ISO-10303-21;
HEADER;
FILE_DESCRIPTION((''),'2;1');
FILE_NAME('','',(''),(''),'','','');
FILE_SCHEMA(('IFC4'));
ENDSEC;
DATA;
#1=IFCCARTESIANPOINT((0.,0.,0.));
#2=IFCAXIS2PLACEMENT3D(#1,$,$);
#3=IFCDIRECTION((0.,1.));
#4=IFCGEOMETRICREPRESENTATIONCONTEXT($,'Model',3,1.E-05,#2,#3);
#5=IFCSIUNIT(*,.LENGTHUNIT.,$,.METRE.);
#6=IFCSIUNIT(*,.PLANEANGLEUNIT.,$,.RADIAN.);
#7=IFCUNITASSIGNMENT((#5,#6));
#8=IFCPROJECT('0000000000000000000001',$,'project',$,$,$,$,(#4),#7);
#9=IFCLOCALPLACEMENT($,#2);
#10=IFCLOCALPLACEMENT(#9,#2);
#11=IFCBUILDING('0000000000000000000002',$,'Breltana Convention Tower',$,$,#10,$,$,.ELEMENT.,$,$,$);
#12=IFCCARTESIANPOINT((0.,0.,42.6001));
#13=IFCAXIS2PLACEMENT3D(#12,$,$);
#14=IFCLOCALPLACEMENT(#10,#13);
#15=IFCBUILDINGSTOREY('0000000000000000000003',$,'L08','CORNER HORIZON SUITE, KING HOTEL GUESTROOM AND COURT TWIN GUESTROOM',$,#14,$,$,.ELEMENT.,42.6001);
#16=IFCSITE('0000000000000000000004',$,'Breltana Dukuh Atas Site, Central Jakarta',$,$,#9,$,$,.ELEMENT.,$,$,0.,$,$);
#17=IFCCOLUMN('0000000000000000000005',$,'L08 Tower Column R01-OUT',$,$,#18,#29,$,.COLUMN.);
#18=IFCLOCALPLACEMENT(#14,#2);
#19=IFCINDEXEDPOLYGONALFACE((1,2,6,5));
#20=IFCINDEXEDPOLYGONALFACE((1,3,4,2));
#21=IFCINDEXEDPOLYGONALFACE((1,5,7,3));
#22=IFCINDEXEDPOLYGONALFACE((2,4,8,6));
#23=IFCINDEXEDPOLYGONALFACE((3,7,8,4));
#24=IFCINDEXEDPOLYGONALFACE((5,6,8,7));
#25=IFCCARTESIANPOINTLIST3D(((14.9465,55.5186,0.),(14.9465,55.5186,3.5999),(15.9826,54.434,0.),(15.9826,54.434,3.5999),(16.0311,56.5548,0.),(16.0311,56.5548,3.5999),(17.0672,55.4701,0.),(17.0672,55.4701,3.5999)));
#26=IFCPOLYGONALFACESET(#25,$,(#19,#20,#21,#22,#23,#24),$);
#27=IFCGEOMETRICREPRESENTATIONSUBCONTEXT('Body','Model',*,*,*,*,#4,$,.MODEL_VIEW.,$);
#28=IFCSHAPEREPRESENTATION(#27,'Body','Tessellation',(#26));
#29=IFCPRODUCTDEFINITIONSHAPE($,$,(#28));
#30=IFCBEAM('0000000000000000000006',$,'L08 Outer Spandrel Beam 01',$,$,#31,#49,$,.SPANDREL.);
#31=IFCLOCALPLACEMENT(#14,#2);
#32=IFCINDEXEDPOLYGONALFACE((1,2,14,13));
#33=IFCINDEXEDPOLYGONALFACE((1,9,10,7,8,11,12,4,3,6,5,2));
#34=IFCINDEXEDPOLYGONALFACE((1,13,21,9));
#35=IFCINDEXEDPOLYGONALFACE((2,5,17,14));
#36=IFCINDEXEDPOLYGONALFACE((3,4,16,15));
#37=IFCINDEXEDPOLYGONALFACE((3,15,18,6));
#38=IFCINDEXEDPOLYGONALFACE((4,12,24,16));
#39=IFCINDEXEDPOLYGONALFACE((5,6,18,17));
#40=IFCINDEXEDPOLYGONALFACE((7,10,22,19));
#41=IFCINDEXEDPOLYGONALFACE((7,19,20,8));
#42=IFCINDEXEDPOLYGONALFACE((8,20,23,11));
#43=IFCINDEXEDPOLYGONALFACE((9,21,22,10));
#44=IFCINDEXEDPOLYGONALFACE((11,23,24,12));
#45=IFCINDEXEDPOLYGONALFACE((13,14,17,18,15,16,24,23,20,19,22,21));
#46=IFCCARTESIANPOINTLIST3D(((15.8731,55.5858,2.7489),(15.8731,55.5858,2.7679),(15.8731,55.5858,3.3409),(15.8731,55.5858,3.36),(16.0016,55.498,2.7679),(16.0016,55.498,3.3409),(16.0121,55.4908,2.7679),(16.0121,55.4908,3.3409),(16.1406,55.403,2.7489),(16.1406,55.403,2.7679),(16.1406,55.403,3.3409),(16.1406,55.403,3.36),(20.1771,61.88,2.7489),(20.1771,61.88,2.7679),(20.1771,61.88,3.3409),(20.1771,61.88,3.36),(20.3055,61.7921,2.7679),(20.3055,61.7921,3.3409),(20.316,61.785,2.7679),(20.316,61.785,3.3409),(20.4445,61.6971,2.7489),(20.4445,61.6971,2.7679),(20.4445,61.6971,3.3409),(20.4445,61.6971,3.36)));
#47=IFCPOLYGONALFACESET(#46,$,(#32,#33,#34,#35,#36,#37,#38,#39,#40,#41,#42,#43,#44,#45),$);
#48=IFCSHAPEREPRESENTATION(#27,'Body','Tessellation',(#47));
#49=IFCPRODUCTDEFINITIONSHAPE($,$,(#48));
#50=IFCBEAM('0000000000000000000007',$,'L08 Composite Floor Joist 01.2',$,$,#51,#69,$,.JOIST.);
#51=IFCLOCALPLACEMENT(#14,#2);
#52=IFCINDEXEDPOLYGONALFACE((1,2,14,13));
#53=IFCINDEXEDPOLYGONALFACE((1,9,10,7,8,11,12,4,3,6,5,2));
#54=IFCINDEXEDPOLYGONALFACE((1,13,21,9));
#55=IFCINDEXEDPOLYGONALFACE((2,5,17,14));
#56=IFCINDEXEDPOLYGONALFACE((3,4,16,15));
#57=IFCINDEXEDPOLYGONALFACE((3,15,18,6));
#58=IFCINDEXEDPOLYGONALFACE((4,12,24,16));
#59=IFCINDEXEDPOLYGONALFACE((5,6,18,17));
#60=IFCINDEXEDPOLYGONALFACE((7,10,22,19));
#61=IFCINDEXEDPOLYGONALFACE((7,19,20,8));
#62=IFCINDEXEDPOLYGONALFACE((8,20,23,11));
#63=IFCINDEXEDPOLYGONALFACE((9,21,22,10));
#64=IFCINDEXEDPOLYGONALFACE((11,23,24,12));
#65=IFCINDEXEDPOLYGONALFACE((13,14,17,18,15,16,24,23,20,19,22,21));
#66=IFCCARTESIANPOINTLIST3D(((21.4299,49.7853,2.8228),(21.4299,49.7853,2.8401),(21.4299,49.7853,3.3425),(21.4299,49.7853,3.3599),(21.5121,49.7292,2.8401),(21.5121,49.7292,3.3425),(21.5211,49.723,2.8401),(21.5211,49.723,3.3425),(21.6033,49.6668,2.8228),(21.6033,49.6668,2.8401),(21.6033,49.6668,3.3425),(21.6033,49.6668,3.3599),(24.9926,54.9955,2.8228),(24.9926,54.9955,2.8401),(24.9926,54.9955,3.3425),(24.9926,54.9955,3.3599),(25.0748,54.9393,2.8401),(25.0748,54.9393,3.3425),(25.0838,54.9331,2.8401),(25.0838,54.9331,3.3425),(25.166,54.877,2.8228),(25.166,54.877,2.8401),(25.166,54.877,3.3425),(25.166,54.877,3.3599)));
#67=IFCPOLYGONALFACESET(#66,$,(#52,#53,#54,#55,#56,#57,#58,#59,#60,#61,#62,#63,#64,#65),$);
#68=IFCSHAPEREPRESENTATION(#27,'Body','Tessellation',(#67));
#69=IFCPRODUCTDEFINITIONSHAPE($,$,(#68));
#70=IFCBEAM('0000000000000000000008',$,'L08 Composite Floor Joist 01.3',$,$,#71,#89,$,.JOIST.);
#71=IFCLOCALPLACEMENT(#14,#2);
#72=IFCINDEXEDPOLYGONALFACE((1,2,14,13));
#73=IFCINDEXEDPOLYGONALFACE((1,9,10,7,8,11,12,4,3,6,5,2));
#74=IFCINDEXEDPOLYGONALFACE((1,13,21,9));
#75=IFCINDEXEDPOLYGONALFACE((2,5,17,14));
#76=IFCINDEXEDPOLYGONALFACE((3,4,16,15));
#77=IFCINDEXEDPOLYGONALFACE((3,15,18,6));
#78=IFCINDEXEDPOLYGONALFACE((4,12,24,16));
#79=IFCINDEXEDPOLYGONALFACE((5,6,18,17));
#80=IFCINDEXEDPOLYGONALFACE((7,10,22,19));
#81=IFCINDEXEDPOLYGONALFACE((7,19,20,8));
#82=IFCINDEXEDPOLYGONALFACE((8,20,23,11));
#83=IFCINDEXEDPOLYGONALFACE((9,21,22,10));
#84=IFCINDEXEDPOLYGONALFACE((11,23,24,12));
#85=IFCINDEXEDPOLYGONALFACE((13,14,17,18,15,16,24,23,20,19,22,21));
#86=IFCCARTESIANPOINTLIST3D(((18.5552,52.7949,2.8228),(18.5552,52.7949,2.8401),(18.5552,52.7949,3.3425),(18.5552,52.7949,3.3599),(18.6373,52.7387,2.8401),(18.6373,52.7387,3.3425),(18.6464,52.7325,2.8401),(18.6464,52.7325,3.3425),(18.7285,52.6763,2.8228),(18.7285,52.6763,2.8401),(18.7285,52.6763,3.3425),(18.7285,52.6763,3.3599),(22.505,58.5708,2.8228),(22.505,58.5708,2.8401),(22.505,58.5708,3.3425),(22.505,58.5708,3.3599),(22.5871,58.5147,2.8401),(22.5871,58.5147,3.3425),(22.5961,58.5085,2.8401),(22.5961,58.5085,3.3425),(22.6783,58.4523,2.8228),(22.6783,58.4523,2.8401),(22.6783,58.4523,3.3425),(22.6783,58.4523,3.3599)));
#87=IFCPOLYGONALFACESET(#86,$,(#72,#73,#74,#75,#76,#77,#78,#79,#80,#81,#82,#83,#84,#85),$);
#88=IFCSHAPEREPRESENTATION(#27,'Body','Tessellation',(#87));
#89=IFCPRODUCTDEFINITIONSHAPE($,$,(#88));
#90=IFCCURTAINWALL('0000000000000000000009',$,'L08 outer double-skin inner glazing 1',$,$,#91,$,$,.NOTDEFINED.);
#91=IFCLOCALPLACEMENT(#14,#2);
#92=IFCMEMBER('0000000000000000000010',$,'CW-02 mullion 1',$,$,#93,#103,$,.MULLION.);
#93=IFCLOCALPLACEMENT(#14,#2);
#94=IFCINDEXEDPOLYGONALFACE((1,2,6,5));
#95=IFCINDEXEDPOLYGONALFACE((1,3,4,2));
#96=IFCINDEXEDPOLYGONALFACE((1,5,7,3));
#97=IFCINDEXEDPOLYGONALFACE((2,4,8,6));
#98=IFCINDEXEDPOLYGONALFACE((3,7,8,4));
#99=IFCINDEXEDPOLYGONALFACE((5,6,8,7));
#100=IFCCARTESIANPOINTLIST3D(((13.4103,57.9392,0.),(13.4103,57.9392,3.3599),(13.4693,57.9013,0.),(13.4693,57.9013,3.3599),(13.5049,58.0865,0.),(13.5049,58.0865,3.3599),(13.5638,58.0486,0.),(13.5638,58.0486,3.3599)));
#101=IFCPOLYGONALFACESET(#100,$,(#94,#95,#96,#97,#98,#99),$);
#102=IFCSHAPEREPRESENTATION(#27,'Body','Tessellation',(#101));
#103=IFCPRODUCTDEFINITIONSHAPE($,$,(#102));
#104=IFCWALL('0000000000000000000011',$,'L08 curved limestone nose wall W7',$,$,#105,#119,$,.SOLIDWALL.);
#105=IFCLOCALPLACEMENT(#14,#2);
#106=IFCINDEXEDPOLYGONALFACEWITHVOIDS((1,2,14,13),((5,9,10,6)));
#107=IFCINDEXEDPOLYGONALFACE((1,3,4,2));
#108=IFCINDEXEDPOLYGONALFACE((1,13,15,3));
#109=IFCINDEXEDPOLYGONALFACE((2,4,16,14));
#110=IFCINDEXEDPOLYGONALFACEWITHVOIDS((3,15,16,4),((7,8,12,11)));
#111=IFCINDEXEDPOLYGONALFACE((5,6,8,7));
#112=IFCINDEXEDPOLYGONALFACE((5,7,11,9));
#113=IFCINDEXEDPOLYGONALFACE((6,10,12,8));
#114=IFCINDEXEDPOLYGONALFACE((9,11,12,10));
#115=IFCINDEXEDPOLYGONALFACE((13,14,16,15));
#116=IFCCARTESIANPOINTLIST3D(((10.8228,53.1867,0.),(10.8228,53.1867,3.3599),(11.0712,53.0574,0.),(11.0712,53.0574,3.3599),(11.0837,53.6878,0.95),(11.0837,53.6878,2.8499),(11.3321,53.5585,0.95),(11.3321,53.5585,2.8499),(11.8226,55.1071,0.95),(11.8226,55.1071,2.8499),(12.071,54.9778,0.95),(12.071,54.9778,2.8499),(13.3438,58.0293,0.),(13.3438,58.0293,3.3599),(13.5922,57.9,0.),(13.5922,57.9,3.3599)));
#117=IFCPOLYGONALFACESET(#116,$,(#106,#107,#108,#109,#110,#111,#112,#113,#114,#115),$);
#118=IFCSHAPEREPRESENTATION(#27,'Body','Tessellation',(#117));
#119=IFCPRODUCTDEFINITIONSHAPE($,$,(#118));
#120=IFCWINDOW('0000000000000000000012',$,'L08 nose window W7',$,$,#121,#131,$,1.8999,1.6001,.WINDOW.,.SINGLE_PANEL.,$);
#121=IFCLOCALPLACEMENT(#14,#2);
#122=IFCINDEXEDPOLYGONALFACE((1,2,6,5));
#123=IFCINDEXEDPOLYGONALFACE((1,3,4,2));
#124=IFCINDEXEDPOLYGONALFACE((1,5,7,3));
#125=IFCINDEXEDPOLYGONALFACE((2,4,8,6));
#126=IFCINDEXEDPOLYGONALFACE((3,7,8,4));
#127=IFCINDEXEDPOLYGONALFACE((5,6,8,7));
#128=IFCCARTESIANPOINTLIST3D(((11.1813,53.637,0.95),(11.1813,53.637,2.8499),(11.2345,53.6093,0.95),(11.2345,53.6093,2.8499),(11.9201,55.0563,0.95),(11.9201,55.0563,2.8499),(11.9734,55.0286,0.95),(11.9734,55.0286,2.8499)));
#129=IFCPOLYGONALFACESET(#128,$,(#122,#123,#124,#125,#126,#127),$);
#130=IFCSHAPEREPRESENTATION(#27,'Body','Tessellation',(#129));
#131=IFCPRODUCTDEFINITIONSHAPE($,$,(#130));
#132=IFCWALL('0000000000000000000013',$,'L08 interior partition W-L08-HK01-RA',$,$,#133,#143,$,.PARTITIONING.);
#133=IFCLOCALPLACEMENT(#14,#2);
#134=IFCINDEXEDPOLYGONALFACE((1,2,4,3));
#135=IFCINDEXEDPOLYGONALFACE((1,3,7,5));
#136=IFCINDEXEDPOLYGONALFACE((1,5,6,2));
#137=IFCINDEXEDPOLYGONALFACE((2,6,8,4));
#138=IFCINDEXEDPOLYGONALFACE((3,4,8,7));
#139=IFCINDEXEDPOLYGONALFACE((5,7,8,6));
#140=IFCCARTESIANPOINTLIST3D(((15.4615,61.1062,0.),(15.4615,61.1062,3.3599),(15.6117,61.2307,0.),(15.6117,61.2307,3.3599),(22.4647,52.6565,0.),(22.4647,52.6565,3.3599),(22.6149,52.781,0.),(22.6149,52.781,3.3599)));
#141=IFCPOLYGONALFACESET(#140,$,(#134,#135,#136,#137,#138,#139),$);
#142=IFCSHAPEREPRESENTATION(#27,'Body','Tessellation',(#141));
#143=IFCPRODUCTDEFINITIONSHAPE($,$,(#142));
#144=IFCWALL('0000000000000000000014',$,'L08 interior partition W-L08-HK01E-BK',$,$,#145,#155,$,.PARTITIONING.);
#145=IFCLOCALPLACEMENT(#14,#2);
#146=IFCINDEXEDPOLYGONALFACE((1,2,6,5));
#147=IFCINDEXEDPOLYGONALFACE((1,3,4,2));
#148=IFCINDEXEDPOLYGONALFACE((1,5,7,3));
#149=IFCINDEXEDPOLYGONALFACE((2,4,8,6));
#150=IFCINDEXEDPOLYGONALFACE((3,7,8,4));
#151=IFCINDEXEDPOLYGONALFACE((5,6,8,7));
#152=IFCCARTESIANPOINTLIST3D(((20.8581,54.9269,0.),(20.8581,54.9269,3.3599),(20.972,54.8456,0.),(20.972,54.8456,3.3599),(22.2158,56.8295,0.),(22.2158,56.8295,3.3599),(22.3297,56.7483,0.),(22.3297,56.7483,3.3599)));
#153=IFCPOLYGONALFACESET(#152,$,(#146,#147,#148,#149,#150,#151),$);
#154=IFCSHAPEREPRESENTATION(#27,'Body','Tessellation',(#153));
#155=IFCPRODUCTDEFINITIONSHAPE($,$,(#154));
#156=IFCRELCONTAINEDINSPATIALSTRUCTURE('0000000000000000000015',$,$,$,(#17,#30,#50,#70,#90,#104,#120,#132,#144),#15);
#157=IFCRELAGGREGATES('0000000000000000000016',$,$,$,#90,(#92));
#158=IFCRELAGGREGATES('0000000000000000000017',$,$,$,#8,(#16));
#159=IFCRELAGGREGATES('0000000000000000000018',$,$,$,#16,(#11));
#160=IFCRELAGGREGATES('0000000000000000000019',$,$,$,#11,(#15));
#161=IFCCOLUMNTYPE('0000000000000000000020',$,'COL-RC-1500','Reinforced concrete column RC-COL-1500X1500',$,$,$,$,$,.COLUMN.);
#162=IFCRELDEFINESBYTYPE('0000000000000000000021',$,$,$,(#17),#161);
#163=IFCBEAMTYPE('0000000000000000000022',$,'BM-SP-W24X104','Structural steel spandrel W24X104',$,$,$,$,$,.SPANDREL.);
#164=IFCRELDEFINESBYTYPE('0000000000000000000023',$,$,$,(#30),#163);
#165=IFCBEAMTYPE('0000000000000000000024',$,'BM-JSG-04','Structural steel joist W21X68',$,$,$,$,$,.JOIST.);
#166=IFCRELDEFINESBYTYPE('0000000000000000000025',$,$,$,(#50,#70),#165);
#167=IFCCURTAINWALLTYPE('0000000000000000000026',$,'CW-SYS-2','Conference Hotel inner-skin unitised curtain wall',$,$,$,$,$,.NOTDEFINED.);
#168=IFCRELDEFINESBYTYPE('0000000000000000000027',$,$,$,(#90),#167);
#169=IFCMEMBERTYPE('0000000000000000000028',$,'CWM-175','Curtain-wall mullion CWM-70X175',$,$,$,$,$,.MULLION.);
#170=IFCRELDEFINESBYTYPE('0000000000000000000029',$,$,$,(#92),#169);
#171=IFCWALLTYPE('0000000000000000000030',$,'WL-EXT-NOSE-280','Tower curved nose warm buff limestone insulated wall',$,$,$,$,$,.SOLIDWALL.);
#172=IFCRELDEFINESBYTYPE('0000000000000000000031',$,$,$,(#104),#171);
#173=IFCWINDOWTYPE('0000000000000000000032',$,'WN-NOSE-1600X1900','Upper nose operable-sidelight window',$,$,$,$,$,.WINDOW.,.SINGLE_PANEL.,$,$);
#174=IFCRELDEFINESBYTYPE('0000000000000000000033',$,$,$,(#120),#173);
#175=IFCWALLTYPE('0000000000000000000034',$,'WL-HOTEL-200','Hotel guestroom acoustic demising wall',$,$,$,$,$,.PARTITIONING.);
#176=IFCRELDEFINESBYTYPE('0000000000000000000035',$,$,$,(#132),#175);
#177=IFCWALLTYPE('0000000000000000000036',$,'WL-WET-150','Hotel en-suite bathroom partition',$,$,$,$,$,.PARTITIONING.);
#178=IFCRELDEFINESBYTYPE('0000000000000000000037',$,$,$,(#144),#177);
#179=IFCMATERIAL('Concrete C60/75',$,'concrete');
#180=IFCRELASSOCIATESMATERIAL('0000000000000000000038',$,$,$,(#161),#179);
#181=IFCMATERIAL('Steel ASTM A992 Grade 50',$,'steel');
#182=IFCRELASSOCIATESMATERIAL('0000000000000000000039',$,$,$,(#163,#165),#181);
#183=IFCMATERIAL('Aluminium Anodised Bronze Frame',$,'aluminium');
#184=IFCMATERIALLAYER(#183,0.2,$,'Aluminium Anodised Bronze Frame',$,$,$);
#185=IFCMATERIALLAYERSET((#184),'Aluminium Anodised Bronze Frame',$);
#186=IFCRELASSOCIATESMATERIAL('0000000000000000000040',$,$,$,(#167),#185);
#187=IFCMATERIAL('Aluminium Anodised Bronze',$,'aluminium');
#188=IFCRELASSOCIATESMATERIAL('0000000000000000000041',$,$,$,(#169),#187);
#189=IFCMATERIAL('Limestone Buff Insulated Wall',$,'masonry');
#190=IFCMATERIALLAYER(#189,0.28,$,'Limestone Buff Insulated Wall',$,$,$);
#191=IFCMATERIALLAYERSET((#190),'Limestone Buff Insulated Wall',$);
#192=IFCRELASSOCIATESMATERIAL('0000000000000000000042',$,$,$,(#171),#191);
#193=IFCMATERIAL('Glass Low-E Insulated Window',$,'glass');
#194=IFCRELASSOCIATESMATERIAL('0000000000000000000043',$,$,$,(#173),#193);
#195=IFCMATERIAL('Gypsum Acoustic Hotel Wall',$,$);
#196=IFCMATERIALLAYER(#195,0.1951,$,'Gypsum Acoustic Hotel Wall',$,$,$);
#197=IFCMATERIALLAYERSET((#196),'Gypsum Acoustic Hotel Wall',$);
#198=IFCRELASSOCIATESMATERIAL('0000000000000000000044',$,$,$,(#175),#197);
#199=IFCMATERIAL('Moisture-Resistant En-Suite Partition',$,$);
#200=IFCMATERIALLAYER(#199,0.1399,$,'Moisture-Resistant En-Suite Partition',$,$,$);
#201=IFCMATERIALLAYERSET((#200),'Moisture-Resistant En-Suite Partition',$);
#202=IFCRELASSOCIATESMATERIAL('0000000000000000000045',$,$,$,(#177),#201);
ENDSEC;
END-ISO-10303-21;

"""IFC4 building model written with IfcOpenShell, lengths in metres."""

from ifc_helpers import new_model, si_unit, direction, frame, frame_2d, origin, origin_2d, place, context, subcontext, project, spatial, rectangle, i_section, extrude, source, transform, mapped, material, layer, layer_set, material_profile, profile_set, type_object, type_shapes, element, fill, aggregate, save


model = new_model("IFC4")

# Units and contexts
model_context = context("Model", 3, precision=1e-05, world=origin(), true_north=direction((0.0, 1.0)))
body_context = subcontext(model_context, "Body", "Model", "MODEL_VIEW")
ifc_project = project(units=[si_unit("LENGTHUNIT", "METRE"), si_unit("PLANEANGLEUNIT", "RADIAN")], contexts=[model_context])

# Site, building, storey
site_placement = place(None, origin())
site = spatial("IfcSite", under=ifc_project, at=site_placement, Name="Breltana Dukuh Atas Site, Central Jakarta", CompositionType="ELEMENT", RefElevation=0.0)
building_placement = place(site_placement, origin())
building = spatial("IfcBuilding", under=site, at=building_placement, Name="Breltana Convention Tower", CompositionType="ELEMENT")
storey_placement = place(building_placement, frame((0.0, 0.0, 42.6001)))
storey = spatial("IfcBuildingStorey", under=building, at=storey_placement, Name="L08", Description="CORNER HORIZON SUITE, KING HOTEL GUESTROOM AND COURT TWIN GUESTROOM", CompositionType="ELEMENT", Elevation=42.6001)

# Column
ifc_material_1 = material(Name="Concrete C60/75", Category="concrete")
ifc_material_profile_1 = material_profile(ifc_material_1, rectangle(XDim=1.5, YDim=1.5, at=origin_2d()), Name="RC-COL-1500X1500")
ifc_profile_set_1 = profile_set([ifc_material_profile_1], Name="Concrete C60/75")
column_type = type_object("IfcColumnType", Name="COL-RC-1500", Description="Reinforced concrete column RC-COL-1500X1500", PredefinedType="COLUMN", material=ifc_profile_set_1)
shared_shape_1 = source(origin(), body_context, "Body", "SweptSolid", [
    extrude(rectangle(XDim=1.5, YDim=1.5, at=origin_2d()), origin(), (0.0, 0.0, 1.0), 3.5999),
])
column_placement = place(storey_placement, frame((16.0068, 55.4944, 0.0), z_axis=(0.0, 0.0, 1.0), x_axis=(-0.690756, 0.723088, 0.0)))
element("IfcColumn", 1, at=column_placement, inside=storey, type_object=column_type, Name="L08 Tower Column R01-OUT", PredefinedType="COLUMN", context=body_context, shape_type="MappedRepresentation", body=[
    mapped(shared_shape_1, transform((0.0, 0.0, 0.0), scale=1.0)),
])

# Beams
ifc_material_2 = material(Name="Steel ASTM A992 Grade 50", Category="steel")
ifc_material_profile_2 = material_profile(ifc_material_2, i_section(OverallWidth=0.324, OverallDepth=0.6111, WebThickness=0.0127, FlangeThickness=0.019, at=origin_2d()), Name="W24X104")
ifc_profile_set_2 = profile_set([ifc_material_profile_2], Name="Steel ASTM A992 Grade 50")
beam_type_1 = type_object("IfcBeamType", Name="BM-SP-W24X104", Description="Structural steel spandrel W24X104", PredefinedType="SPANDREL", material=ifc_profile_set_2)
shared_shape_2 = source(origin(), body_context, "Body", "SweptSolid", [
    extrude(i_section(OverallWidth=0.324, OverallDepth=0.6111, WebThickness=0.0127, FlangeThickness=0.019, at=origin_2d()), origin(), (0.0, 0.0, 1.0), 7.625),
])
type_shapes(beam_type_1, [shared_shape_2])
beam_1_placement = place(storey_placement, frame((16.0068, 55.4944, 3.0544), z_axis=(0.564452, 0.825466, 0.0), x_axis=(-0.825466, 0.564452, 0.0)))
element("IfcBeam", 2, at=beam_1_placement, inside=storey, type_object=beam_type_1, Name="L08 Outer Spandrel Beam 01", PredefinedType="SPANDREL", context=body_context, shape_type="MappedRepresentation", body=[
    mapped(shared_shape_2, transform((0.0, 0.0, 0.0), scale=1.0)),
])
ifc_material_profile_3 = material_profile(ifc_material_2, i_section(OverallWidth=0.21, OverallDepth=0.5371, WebThickness=0.011, FlangeThickness=0.0173, at=origin_2d()), Name="W21X68")
ifc_profile_set_3 = profile_set([ifc_material_profile_3], Name="Steel ASTM A992 Grade 50")
beam_type_2 = type_object("IfcBeamType", Name="BM-JSG-04", Description="Structural steel joist W21X68", PredefinedType="JOIST", material=ifc_profile_set_3)
shared_shape_3 = source(origin(), body_context, "Body", "SweptSolid", [
    extrude(i_section(OverallWidth=0.21, OverallDepth=0.5371, WebThickness=0.011, FlangeThickness=0.0173, at=origin_2d()), origin(), (0.0, 0.0, 1.0), 6.3118),
])
beam_2_placement = place(storey_placement, frame((21.5166, 49.7261, 3.0913), z_axis=(0.564454, 0.825465, 0.0), x_axis=(-0.825465, 0.564454, 0.0)))
element("IfcBeam", 3, at=beam_2_placement, inside=storey, type_object=beam_type_2, Name="L08 Composite Floor Joist 01.2", PredefinedType="JOIST", context=body_context, shape_type="MappedRepresentation", body=[
    mapped(shared_shape_3, transform((0.0, 0.0, 0.0), scale=1.0)),
])
shared_shape_4 = source(origin(), body_context, "Body", "SweptSolid", [
    extrude(i_section(OverallWidth=0.21, OverallDepth=0.5371, WebThickness=0.011, FlangeThickness=0.0173, at=origin_2d()), origin(), (0.0, 0.0, 1.0), 6.9973),
])
beam_3_placement = place(storey_placement, frame((18.6418, 52.7356, 3.0913), z_axis=(0.564469, 0.825454, 0.0), x_axis=(-0.825454, 0.564469, 0.0)))
element("IfcBeam", 4, at=beam_3_placement, inside=storey, type_object=beam_type_2, Name="L08 Composite Floor Joist 01.3", PredefinedType="JOIST", context=body_context, shape_type="MappedRepresentation", body=[
    mapped(shared_shape_4, transform((0.0, 0.0, 0.0), scale=1.0)),
])

# Curtain wall, member
ifc_material_3 = material(Name="Aluminium Anodised Bronze Frame", Category="aluminium")
ifc_layer_1 = layer(ifc_material_3, 0.2, Name="Aluminium Anodised Bronze Frame")
ifc_layer_set_1 = layer_set([ifc_layer_1], Name="Aluminium Anodised Bronze Frame")
curtain_wall_type = type_object("IfcCurtainWallType", Name="CW-SYS-2", Description="Conference Hotel inner-skin unitised curtain wall", PredefinedType="NOTDEFINED", material=ifc_layer_set_1)
curtain_wall_placement = place(storey_placement, origin())
curtain_wall = element("IfcCurtainWall", 5, at=curtain_wall_placement, inside=storey, type_object=curtain_wall_type, Name="L08 outer double-skin inner glazing 1", PredefinedType="NOTDEFINED")
ifc_material_4 = material(Name="Aluminium Anodised Bronze", Category="aluminium")
ifc_material_profile_4 = material_profile(ifc_material_4, rectangle(XDim=0.0701, YDim=0.175, at=origin_2d()), Name="CWM-70X175")
ifc_profile_set_4 = profile_set([ifc_material_profile_4], Name="Aluminium Anodised Bronze")
member_type = type_object("IfcMemberType", Name="CWM-175", Description="Curtain-wall mullion CWM-70X175", PredefinedType="MULLION", material=ifc_profile_set_4)
shared_shape_5 = source(origin(), body_context, "Body", "SweptSolid", [
    extrude(rectangle(XDim=0.0701, YDim=0.175, at=origin_2d()), origin(), (0.0, 0.0, 1.0), 3.3599),
])
member_placement = place(storey_placement, frame((13.4871, 57.9939, 0.0), z_axis=(0.0, 0.0, 1.0), x_axis=(-0.841549, 0.540181, 0.0)))
member = element("IfcMember", 6, at=member_placement, type_object=member_type, Name="CW-02 mullion 1", PredefinedType="MULLION", context=body_context, shape_type="MappedRepresentation", body=[
    mapped(shared_shape_5, transform((0.0, 0.0, 0.0), scale=1.0)),
])
aggregate(curtain_wall, [member])

# Wall, opening, window
ifc_material_5 = material(Name="Limestone Buff Insulated Wall", Category="masonry")
ifc_layer_2 = layer(ifc_material_5, 0.28, Name="Limestone Buff Insulated Wall")
ifc_layer_set_2 = layer_set([ifc_layer_2], Name="Limestone Buff Insulated Wall")
wall_type_1 = type_object("IfcWallType", Name="WL-EXT-NOSE-280", Description="Tower curved nose warm buff limestone insulated wall", PredefinedType="SOLIDWALL", material=ifc_layer_set_2)
shared_shape_6 = source(origin(), body_context, "Body", "SweptSolid", [
    extrude(rectangle(XDim=5.4595, YDim=0.28, at=frame_2d((2.7297, 0.0))), origin(), (0.0, 0.0, 1.0), 3.3599),
])
wall_1_placement = place(storey_placement, frame((10.947, 53.1221, 0.0), z_axis=(0.0, 0.0, 1.0), x_axis=(0.461768, 0.887001, 0.0)))
wall_1 = element("IfcWall", 7, at=wall_1_placement, inside=storey, type_object=wall_type_1, Name="L08 curved limestone nose wall W7", PredefinedType="SOLIDWALL", context=body_context, shape_type="MappedRepresentation", body=[
    mapped(shared_shape_6, transform((0.0, 0.0, 0.0), scale=1.0)),
])
opening_1_placement = place(wall_1_placement, frame((0.5649, 0.0, 0.95)))
opening_1 = element("IfcOpeningElement", 8, at=opening_1_placement, cuts=wall_1, PredefinedType="OPENING", context=body_context, shape_type="SweptSolid", body=[
    extrude(rectangle(XDim=1.6001, YDim=1.8999, at=frame_2d((0.8, 0.95))), frame((0.0, 0.1499, 0.0), z_axis=(0.0, -1.0, 0.0), x_axis=(1.0, 0.0, 0.0)), (0.0, 0.0, 1.0), 0.3),
])
ifc_material_6 = material(Name="Glass Low-E Insulated Window", Category="glass")
window_type = type_object("IfcWindowType", Name="WN-NOSE-1600X1900", Description="Upper nose operable-sidelight window", PartitioningType="SINGLE_PANEL", PredefinedType="WINDOW", material=ifc_material_6)
shared_shape_7 = source(origin(), body_context, "Body", "SweptSolid", [
    extrude(rectangle(XDim=1.6001, YDim=1.8999, at=frame_2d((0.8, 0.95))), frame((0.0, 0.03, 0.0), z_axis=(0.0, -1.0, 0.0), x_axis=(1.0, 0.0, 0.0)), (0.0, 0.0, 1.0), 0.0601),
])
type_shapes(window_type, [shared_shape_7])
window_placement = place(opening_1_placement, origin())
window = element("IfcWindow", 9, at=window_placement, inside=storey, type_object=window_type, Name="L08 nose window W7", OverallHeight=1.8999, OverallWidth=1.6001, PartitioningType="SINGLE_PANEL", PredefinedType="WINDOW", context=body_context, shape_type="MappedRepresentation", body=[
    mapped(shared_shape_7, transform((0.0, 0.0, 0.0), scale=1.0)),
])
fill(opening_1, window)

# Shared definitions
ifc_material_7 = material(Name="Gypsum Acoustic Hotel Wall")
ifc_layer_3 = layer(ifc_material_7, 0.1951, Name="Gypsum Acoustic Hotel Wall")
ifc_layer_set_3 = layer_set([ifc_layer_3], Name="Gypsum Acoustic Hotel Wall")
wall_type_2 = type_object("IfcWallType", Name="WL-HOTEL-200", Description="Hotel guestroom acoustic demising wall", PredefinedType="PARTITIONING", material=ifc_layer_set_3)

# Walls
shared_shape_8 = source(origin(), body_context, "Body", "SweptSolid", [
    extrude(rectangle(XDim=10.9746, YDim=0.1951, at=frame_2d((5.4873, 0.0))), origin(), (0.0, 0.0, 1.0), 3.3599),
])
wall_2_placement = place(storey_placement, frame((22.5398, 52.7188, 0.0), z_axis=(0.0, 0.0, 1.0), x_axis=(-0.638125, 0.769933, 0.0)))
element("IfcWall", 10, at=wall_2_placement, inside=storey, type_object=wall_type_2, Name="L08 interior partition W-L08-HK01-RA", PredefinedType="PARTITIONING", context=body_context, shape_type="MappedRepresentation", body=[
    mapped(shared_shape_8, transform((0.0, 0.0, 0.0), scale=1.0)),
])
ifc_material_8 = material(Name="Moisture-Resistant En-Suite Partition")
ifc_layer_4 = layer(ifc_material_8, 0.1399, Name="Moisture-Resistant En-Suite Partition")
ifc_layer_set_4 = layer_set([ifc_layer_4], Name="Moisture-Resistant En-Suite Partition")
wall_type_3 = type_object("IfcWallType", Name="WL-WET-150", Description="Hotel en-suite bathroom partition", PredefinedType="PARTITIONING", material=ifc_layer_set_4)
shared_shape_9 = source(origin(), body_context, "Body", "SweptSolid", [
    extrude(rectangle(XDim=2.3374, YDim=0.1399, at=frame_2d((1.1687, 0.0))), origin(), (0.0, 0.0, 1.0), 3.3599),
])
wall_3_placement = place(storey_placement, frame((20.915, 54.8862, 0.0), z_axis=(0.0, 0.0, 1.0), x_axis=(0.580863, 0.814002, 0.0)))
element("IfcWall", 11, at=wall_3_placement, inside=storey, type_object=wall_type_3, Name="L08 interior partition W-L08-HK01E-BK", PredefinedType="PARTITIONING", context=body_context, shape_type="MappedRepresentation", body=[
    mapped(shared_shape_9, transform((0.0, 0.0, 0.0), scale=1.0)),
])

save(model, "model.ifc")
